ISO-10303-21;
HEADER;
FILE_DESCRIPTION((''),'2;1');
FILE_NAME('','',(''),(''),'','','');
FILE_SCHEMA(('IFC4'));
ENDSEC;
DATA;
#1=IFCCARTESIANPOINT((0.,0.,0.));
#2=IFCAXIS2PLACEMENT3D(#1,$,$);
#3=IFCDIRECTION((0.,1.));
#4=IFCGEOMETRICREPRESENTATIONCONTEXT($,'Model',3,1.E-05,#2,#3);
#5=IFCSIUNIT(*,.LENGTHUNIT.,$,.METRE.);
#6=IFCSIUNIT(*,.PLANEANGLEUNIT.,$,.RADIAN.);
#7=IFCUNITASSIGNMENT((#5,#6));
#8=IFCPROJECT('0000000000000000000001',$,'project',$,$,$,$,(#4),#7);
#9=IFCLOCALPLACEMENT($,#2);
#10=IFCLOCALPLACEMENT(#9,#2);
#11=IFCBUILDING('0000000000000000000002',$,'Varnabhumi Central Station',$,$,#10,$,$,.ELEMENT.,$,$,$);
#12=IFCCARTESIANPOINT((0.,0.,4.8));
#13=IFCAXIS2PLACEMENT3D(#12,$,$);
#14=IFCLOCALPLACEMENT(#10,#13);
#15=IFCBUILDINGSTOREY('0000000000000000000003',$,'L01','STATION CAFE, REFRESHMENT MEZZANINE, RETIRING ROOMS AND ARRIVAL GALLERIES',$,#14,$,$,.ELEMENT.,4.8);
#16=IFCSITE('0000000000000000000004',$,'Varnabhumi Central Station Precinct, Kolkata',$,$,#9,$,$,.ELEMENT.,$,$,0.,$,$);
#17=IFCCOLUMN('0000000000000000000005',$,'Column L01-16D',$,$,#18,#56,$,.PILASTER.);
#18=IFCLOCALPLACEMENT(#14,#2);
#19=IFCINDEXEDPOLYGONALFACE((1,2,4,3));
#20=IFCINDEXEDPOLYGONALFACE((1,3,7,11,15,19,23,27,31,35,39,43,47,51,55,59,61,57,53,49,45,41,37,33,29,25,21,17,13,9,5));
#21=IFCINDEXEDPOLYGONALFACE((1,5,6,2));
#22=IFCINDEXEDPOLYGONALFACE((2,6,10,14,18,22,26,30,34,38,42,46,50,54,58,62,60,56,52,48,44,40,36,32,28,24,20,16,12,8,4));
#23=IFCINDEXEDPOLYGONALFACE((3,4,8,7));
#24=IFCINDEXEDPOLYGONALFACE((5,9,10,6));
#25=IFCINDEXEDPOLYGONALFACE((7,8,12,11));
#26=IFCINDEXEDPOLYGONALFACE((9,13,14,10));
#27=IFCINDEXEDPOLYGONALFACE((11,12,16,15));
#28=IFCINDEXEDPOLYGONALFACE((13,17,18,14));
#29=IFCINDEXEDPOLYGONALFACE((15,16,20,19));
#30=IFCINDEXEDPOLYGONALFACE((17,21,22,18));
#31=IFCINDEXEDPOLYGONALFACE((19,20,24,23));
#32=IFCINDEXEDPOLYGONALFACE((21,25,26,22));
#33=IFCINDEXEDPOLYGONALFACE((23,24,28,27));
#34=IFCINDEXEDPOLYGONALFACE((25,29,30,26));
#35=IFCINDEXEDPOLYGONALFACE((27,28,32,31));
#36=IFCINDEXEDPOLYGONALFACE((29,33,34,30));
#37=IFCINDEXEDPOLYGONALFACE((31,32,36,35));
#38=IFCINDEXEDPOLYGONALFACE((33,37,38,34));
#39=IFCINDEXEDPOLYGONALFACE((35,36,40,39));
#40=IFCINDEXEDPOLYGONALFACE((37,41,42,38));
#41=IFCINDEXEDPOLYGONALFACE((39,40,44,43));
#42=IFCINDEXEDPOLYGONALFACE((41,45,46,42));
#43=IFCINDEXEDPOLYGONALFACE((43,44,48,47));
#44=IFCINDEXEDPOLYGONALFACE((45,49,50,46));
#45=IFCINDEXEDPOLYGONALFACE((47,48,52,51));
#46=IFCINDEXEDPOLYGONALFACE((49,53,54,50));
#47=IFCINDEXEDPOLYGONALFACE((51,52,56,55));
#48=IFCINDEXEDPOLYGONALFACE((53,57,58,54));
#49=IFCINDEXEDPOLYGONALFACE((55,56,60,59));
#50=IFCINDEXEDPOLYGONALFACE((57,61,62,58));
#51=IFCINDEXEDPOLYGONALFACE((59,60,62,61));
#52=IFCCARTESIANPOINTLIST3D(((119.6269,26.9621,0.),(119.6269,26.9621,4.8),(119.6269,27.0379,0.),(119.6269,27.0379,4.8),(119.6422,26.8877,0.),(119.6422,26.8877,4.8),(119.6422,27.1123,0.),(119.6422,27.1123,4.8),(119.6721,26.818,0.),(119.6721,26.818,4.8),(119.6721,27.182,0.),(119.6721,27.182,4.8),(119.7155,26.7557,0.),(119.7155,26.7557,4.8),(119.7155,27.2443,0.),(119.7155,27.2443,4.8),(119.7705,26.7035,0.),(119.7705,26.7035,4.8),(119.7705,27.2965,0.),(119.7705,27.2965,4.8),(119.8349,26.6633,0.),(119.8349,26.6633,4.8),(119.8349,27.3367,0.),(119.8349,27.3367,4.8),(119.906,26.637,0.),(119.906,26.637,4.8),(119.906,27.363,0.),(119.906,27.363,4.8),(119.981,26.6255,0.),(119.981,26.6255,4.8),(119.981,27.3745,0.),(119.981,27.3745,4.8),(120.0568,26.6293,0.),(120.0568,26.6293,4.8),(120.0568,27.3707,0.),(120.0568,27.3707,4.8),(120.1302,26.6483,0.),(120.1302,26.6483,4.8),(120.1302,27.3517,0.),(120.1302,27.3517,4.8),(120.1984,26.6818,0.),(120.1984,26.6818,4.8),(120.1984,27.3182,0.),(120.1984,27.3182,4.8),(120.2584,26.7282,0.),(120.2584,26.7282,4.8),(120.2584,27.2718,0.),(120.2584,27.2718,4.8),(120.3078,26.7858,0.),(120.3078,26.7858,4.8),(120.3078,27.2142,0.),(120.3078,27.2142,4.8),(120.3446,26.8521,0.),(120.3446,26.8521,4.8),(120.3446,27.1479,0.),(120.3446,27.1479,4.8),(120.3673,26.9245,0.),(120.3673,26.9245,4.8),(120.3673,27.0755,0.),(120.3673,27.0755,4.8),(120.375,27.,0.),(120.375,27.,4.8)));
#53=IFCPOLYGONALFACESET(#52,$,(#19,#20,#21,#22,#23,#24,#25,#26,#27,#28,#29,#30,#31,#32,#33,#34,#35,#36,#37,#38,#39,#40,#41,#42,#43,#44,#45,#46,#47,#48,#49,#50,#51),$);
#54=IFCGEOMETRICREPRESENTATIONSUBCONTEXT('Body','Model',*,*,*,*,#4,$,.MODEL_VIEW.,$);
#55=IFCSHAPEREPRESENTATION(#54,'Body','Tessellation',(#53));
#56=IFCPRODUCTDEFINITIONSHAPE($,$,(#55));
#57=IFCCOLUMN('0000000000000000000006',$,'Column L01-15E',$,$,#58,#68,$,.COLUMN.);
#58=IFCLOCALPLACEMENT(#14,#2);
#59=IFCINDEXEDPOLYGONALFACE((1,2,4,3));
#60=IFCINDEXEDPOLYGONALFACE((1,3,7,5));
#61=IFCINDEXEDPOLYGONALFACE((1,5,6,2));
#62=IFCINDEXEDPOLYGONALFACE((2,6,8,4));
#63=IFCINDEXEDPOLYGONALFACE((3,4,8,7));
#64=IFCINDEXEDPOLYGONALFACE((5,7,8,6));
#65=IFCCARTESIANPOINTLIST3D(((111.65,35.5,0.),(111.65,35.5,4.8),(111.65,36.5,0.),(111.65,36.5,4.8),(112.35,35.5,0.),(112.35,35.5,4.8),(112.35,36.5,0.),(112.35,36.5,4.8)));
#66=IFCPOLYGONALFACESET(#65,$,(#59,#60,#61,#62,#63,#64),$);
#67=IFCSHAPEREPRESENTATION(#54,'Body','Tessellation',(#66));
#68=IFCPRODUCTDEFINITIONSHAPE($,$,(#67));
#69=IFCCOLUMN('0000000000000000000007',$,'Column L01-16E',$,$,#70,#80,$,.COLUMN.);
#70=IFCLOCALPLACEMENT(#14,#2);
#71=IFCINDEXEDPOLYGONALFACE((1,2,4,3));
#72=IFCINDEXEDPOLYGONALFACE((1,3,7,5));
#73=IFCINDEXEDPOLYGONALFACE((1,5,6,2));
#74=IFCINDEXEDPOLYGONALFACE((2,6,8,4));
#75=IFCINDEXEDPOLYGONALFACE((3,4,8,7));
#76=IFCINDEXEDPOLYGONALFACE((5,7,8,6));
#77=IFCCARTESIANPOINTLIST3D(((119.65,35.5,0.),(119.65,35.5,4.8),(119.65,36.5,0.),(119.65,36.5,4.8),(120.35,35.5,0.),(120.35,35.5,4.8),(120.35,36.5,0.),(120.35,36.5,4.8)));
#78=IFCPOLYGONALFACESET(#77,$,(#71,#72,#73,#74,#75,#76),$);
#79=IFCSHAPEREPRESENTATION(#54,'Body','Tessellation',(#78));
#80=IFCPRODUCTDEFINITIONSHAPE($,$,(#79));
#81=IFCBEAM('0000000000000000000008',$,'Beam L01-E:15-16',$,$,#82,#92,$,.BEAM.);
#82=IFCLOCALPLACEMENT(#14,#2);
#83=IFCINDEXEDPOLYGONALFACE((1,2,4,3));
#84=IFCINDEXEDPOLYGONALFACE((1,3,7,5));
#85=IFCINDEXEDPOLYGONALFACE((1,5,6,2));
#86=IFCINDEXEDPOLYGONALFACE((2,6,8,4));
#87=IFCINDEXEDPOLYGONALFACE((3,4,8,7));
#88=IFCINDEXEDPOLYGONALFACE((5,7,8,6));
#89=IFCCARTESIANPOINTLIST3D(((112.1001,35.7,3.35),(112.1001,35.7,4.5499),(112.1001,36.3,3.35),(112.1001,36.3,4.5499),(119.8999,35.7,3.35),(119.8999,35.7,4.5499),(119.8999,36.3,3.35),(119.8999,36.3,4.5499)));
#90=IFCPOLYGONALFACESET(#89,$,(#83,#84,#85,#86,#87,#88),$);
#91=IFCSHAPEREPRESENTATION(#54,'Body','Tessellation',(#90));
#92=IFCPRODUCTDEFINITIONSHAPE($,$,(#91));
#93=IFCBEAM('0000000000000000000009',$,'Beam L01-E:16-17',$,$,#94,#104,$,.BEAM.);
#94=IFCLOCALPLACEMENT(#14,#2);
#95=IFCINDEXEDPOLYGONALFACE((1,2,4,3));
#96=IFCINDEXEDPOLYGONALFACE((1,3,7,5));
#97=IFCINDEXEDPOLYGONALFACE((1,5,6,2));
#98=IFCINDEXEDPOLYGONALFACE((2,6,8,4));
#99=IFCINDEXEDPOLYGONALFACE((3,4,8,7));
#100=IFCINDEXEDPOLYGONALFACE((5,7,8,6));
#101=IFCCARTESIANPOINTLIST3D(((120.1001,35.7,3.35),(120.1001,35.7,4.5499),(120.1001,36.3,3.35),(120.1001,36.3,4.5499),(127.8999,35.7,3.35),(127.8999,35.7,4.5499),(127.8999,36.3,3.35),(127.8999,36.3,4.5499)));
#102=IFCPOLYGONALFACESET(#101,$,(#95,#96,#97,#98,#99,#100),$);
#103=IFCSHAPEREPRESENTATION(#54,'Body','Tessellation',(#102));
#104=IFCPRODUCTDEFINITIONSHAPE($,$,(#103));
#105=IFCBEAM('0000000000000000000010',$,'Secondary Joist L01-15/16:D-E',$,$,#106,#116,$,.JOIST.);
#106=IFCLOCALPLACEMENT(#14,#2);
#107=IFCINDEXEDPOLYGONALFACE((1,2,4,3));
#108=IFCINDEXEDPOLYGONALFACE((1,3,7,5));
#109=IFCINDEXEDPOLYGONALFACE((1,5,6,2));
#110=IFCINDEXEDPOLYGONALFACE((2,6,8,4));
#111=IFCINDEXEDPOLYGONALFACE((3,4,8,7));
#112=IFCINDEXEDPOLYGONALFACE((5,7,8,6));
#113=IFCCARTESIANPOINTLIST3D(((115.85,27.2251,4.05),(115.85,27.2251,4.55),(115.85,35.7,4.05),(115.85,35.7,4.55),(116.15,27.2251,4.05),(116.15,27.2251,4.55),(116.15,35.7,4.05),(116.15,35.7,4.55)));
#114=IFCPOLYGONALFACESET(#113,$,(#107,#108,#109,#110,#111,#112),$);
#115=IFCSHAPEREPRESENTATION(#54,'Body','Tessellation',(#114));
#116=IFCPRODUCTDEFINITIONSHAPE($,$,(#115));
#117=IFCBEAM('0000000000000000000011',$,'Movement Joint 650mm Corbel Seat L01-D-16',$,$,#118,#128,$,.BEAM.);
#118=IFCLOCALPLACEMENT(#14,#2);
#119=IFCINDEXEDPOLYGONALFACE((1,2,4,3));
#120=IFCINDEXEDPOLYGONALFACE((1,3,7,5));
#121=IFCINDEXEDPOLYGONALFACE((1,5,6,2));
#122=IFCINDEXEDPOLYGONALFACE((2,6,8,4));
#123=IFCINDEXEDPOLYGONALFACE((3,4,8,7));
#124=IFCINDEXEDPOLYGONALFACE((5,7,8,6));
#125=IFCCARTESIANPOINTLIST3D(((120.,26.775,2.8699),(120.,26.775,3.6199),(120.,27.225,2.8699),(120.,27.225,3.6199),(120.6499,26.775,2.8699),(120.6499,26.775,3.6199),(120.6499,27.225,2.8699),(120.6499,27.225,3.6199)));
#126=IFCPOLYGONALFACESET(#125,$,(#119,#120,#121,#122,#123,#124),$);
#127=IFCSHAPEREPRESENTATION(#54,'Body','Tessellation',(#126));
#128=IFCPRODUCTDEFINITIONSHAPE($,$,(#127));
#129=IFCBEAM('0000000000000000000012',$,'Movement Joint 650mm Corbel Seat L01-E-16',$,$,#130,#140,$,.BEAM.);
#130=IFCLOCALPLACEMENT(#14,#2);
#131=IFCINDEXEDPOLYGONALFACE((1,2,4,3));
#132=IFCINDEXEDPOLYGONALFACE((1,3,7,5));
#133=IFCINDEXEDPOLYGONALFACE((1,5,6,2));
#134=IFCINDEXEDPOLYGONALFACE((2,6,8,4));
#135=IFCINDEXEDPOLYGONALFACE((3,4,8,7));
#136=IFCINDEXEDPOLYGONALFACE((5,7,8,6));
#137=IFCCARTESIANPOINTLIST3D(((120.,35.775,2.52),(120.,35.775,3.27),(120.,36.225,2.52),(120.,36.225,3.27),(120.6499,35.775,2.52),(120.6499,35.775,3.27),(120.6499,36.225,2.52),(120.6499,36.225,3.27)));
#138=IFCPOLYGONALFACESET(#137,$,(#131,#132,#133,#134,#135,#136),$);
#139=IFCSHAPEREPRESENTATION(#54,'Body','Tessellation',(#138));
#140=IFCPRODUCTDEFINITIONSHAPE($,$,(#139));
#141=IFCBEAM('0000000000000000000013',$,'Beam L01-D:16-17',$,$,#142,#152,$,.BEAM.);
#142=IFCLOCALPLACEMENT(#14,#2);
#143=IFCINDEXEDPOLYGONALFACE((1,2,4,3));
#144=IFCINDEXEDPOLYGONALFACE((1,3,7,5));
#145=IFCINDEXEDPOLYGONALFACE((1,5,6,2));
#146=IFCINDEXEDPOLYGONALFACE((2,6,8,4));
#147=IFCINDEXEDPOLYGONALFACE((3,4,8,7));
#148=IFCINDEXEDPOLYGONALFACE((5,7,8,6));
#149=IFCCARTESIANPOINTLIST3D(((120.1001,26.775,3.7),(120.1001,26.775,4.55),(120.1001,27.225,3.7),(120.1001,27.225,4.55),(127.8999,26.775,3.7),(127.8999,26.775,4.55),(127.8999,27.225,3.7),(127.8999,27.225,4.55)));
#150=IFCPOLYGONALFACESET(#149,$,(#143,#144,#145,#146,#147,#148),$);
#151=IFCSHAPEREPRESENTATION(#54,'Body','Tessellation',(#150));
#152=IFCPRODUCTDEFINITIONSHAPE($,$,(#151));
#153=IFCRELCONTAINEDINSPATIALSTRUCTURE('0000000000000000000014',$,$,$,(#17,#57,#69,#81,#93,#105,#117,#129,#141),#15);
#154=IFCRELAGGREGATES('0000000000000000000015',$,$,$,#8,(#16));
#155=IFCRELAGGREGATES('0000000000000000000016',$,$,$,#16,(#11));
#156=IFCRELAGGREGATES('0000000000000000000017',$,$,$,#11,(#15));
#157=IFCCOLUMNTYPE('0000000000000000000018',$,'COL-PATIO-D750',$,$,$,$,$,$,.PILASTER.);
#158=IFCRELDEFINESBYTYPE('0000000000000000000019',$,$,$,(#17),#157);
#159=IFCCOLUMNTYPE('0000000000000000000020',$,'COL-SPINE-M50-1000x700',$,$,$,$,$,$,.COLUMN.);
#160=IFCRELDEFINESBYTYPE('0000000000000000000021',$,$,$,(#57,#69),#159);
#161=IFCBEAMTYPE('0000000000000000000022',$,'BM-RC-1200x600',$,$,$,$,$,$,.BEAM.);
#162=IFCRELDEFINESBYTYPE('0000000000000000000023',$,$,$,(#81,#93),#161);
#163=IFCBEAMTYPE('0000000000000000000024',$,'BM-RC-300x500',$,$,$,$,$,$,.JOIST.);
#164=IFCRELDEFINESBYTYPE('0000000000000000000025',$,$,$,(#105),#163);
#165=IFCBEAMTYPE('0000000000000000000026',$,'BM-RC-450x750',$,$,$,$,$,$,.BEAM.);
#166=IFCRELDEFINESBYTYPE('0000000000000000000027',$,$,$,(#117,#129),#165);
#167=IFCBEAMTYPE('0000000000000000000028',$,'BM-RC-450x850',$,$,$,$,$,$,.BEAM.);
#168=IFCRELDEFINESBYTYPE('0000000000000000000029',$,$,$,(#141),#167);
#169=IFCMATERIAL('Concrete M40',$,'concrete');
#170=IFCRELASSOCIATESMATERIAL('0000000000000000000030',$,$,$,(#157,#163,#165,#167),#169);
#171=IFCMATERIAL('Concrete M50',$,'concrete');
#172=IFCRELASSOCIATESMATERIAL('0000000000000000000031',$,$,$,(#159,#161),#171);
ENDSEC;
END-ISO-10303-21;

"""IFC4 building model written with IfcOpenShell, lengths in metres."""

from ifc_helpers import new_model, si_unit, direction, frame, origin, origin_2d, place, context, subcontext, project, spatial, rectangle, circle, extrude, material, material_profile, profile_set, type_object, element, save


model = new_model("IFC4")

# Units and contexts
model_context = context("Model", 3, precision=1e-05, world=origin(), true_north=direction((0.0, 1.0)))
body_context = subcontext(model_context, "Body", "Model", "MODEL_VIEW")
ifc_project = project(units=[si_unit("LENGTHUNIT", "METRE"), si_unit("PLANEANGLEUNIT", "RADIAN")], contexts=[model_context])

# Site, building, storey
site_placement = place(None, origin())
site = spatial("IfcSite", under=ifc_project, at=site_placement, Name="Varnabhumi Central Station Precinct, Kolkata", CompositionType="ELEMENT", RefElevation=0.0)
building_placement = place(site_placement, origin())
building = spatial("IfcBuilding", under=site, at=building_placement, Name="Varnabhumi Central Station", CompositionType="ELEMENT")
storey_placement = place(building_placement, frame((0.0, 0.0, 4.8)))
storey = spatial("IfcBuildingStorey", under=building, at=storey_placement, Name="L01", Description="STATION CAFE, REFRESHMENT MEZZANINE, RETIRING ROOMS AND ARRIVAL GALLERIES", CompositionType="ELEMENT", Elevation=4.8)

# Columns
ifc_material_1 = material(Name="Concrete M40", Category="concrete")
ifc_material_profile_1 = material_profile(ifc_material_1, circle(Radius=0.375, at=origin_2d()), Name="Concrete M40", Category="concrete")
ifc_profile_set_1 = profile_set([ifc_material_profile_1], Name="Concrete M40")
column_type_1 = type_object("IfcColumnType", Name="COL-PATIO-D750", PredefinedType="PILASTER", material=ifc_profile_set_1)
column_placement = place(storey_placement, frame((120.0, 27.0, 0.0), z_axis=(0.0, 0.0, 1.0), x_axis=(1.0, 0.0, 0.0)))
element("IfcColumn", 1, at=column_placement, inside=storey, type_object=column_type_1, Name="Column L01-16D", PredefinedType="PILASTER", context=body_context, shape_type="SweptSolid", body=[
    extrude(circle(Radius=0.375, at=origin_2d()), origin(), (0.0, 0.0, 1.0), 4.8),
])
ifc_material_2 = material(Name="Concrete M50", Category="concrete")
ifc_material_profile_2 = material_profile(ifc_material_2, rectangle(XDim=0.7, YDim=1.0, at=origin_2d()), Name="Concrete M50", Category="concrete")
ifc_profile_set_2 = profile_set([ifc_material_profile_2], Name="Concrete M50")
column_type_2 = type_object("IfcColumnType", Name="COL-SPINE-M50-1000x700", PredefinedType="COLUMN", material=ifc_profile_set_2)
for number, where, z_axis, x_axis, name in (
    (2, (112.0, 36.0, 0.0), (0.0, 0.0, 1.0), (1.0, 0.0, 0.0), "Column L01-15E"),
    (3, (120.0, 36.0, 0.0), (0.0, 0.0, 1.0), (1.0, 0.0, 0.0), "Column L01-16E"),
):
    element("IfcColumn", number, at=place(storey_placement, frame(where, z_axis=z_axis, x_axis=x_axis)), inside=storey, type_object=column_type_2, Name=name, PredefinedType="COLUMN", context=body_context, shape_type="SweptSolid", body=[
        extrude(rectangle(XDim=0.7, YDim=1.0, at=origin_2d()), origin(), (0.0, 0.0, 1.0), 4.8),
    ])

# Beams
ifc_material_profile_3 = material_profile(ifc_material_2, rectangle(XDim=0.6001, YDim=1.2, at=origin_2d()), Name="Concrete M50", Category="concrete")
ifc_profile_set_3 = profile_set([ifc_material_profile_3], Name="Concrete M50")
beam_type_1 = type_object("IfcBeamType", Name="BM-RC-1200x600", PredefinedType="BEAM", material=ifc_profile_set_3)
for number, where, z_axis, x_axis, name in (
    (4, (112.1001, 36.0, 3.95), (1.0, 0.0, 0.0), (0.0, 1.0, 0.0), "Beam L01-E:15-16"),
    (5, (120.1001, 36.0, 3.95), (1.0, 0.0, 0.0), (0.0, 1.0, 0.0), "Beam L01-E:16-17"),
):
    element("IfcBeam", number, at=place(storey_placement, frame(where, z_axis=z_axis, x_axis=x_axis)), inside=storey, type_object=beam_type_1, Name=name, PredefinedType="BEAM", context=body_context, shape_type="SweptSolid", body=[
        extrude(rectangle(XDim=0.6001, YDim=1.2, at=origin_2d()), origin(), (0.0, 0.0, 1.0), 7.7998),
    ])
ifc_material_profile_4 = material_profile(ifc_material_1, rectangle(XDim=0.3, YDim=0.5, at=origin_2d()), Name="Concrete M40", Category="concrete")
ifc_profile_set_4 = profile_set([ifc_material_profile_4], Name="Concrete M40")
beam_type_2 = type_object("IfcBeamType", Name="BM-RC-300x500", PredefinedType="JOIST", material=ifc_profile_set_4)
beam_1_placement = place(storey_placement, frame((116.0, 27.2251, 4.3), z_axis=(0.0, 1.0, 0.0), x_axis=(-1.0, 0.0, 0.0)))
element("IfcBeam", 6, at=beam_1_placement, inside=storey, type_object=beam_type_2, Name="Secondary Joist L01-15/16:D-E", PredefinedType="JOIST", context=body_context, shape_type="SweptSolid", body=[
    extrude(rectangle(XDim=0.3, YDim=0.5, at=origin_2d()), origin(), (0.0, 0.0, 1.0), 8.4749),
])
ifc_material_profile_5 = material_profile(ifc_material_1, rectangle(XDim=0.45, YDim=0.75, at=origin_2d()), Name="Concrete M40", Category="concrete")
ifc_profile_set_5 = profile_set([ifc_material_profile_5], Name="Concrete M40")
beam_type_3 = type_object("IfcBeamType", Name="BM-RC-450x750", PredefinedType="BEAM", material=ifc_profile_set_5)
for number, where, z_axis, x_axis, name in (
    (7, (120.0, 27.0, 3.2449), (1.0, 0.0, 0.0), (0.0, 1.0, 0.0), "Movement Joint 650mm Corbel Seat L01-D-16"),
    (8, (120.0, 36.0, 2.895), (1.0, 0.0, 0.0), (0.0, 1.0, 0.0), "Movement Joint 650mm Corbel Seat L01-E-16"),
):
    element("IfcBeam", number, at=place(storey_placement, frame(where, z_axis=z_axis, x_axis=x_axis)), inside=storey, type_object=beam_type_3, Name=name, PredefinedType="BEAM", context=body_context, shape_type="SweptSolid", body=[
        extrude(rectangle(XDim=0.45, YDim=0.75, at=origin_2d()), origin(), (0.0, 0.0, 1.0), 0.6499),
    ])
ifc_material_profile_6 = material_profile(ifc_material_1, rectangle(XDim=0.45, YDim=0.8501, at=origin_2d()), Name="Concrete M40", Category="concrete")
ifc_profile_set_6 = profile_set([ifc_material_profile_6], Name="Concrete M40")
beam_type_4 = type_object("IfcBeamType", Name="BM-RC-450x850", PredefinedType="BEAM", material=ifc_profile_set_6)
beam_2_placement = place(storey_placement, frame((120.1001, 27.0, 4.125), z_axis=(1.0, 0.0, 0.0), x_axis=(0.0, 1.0, 0.0)))
element("IfcBeam", 9, at=beam_2_placement, inside=storey, type_object=beam_type_4, Name="Beam L01-D:16-17", PredefinedType="BEAM", context=body_context, shape_type="SweptSolid", body=[
    extrude(rectangle(XDim=0.45, YDim=0.8501, at=origin_2d()), origin(), (0.0, 0.0, 1.0), 7.7998),
])

save(model, "model.ifc")
